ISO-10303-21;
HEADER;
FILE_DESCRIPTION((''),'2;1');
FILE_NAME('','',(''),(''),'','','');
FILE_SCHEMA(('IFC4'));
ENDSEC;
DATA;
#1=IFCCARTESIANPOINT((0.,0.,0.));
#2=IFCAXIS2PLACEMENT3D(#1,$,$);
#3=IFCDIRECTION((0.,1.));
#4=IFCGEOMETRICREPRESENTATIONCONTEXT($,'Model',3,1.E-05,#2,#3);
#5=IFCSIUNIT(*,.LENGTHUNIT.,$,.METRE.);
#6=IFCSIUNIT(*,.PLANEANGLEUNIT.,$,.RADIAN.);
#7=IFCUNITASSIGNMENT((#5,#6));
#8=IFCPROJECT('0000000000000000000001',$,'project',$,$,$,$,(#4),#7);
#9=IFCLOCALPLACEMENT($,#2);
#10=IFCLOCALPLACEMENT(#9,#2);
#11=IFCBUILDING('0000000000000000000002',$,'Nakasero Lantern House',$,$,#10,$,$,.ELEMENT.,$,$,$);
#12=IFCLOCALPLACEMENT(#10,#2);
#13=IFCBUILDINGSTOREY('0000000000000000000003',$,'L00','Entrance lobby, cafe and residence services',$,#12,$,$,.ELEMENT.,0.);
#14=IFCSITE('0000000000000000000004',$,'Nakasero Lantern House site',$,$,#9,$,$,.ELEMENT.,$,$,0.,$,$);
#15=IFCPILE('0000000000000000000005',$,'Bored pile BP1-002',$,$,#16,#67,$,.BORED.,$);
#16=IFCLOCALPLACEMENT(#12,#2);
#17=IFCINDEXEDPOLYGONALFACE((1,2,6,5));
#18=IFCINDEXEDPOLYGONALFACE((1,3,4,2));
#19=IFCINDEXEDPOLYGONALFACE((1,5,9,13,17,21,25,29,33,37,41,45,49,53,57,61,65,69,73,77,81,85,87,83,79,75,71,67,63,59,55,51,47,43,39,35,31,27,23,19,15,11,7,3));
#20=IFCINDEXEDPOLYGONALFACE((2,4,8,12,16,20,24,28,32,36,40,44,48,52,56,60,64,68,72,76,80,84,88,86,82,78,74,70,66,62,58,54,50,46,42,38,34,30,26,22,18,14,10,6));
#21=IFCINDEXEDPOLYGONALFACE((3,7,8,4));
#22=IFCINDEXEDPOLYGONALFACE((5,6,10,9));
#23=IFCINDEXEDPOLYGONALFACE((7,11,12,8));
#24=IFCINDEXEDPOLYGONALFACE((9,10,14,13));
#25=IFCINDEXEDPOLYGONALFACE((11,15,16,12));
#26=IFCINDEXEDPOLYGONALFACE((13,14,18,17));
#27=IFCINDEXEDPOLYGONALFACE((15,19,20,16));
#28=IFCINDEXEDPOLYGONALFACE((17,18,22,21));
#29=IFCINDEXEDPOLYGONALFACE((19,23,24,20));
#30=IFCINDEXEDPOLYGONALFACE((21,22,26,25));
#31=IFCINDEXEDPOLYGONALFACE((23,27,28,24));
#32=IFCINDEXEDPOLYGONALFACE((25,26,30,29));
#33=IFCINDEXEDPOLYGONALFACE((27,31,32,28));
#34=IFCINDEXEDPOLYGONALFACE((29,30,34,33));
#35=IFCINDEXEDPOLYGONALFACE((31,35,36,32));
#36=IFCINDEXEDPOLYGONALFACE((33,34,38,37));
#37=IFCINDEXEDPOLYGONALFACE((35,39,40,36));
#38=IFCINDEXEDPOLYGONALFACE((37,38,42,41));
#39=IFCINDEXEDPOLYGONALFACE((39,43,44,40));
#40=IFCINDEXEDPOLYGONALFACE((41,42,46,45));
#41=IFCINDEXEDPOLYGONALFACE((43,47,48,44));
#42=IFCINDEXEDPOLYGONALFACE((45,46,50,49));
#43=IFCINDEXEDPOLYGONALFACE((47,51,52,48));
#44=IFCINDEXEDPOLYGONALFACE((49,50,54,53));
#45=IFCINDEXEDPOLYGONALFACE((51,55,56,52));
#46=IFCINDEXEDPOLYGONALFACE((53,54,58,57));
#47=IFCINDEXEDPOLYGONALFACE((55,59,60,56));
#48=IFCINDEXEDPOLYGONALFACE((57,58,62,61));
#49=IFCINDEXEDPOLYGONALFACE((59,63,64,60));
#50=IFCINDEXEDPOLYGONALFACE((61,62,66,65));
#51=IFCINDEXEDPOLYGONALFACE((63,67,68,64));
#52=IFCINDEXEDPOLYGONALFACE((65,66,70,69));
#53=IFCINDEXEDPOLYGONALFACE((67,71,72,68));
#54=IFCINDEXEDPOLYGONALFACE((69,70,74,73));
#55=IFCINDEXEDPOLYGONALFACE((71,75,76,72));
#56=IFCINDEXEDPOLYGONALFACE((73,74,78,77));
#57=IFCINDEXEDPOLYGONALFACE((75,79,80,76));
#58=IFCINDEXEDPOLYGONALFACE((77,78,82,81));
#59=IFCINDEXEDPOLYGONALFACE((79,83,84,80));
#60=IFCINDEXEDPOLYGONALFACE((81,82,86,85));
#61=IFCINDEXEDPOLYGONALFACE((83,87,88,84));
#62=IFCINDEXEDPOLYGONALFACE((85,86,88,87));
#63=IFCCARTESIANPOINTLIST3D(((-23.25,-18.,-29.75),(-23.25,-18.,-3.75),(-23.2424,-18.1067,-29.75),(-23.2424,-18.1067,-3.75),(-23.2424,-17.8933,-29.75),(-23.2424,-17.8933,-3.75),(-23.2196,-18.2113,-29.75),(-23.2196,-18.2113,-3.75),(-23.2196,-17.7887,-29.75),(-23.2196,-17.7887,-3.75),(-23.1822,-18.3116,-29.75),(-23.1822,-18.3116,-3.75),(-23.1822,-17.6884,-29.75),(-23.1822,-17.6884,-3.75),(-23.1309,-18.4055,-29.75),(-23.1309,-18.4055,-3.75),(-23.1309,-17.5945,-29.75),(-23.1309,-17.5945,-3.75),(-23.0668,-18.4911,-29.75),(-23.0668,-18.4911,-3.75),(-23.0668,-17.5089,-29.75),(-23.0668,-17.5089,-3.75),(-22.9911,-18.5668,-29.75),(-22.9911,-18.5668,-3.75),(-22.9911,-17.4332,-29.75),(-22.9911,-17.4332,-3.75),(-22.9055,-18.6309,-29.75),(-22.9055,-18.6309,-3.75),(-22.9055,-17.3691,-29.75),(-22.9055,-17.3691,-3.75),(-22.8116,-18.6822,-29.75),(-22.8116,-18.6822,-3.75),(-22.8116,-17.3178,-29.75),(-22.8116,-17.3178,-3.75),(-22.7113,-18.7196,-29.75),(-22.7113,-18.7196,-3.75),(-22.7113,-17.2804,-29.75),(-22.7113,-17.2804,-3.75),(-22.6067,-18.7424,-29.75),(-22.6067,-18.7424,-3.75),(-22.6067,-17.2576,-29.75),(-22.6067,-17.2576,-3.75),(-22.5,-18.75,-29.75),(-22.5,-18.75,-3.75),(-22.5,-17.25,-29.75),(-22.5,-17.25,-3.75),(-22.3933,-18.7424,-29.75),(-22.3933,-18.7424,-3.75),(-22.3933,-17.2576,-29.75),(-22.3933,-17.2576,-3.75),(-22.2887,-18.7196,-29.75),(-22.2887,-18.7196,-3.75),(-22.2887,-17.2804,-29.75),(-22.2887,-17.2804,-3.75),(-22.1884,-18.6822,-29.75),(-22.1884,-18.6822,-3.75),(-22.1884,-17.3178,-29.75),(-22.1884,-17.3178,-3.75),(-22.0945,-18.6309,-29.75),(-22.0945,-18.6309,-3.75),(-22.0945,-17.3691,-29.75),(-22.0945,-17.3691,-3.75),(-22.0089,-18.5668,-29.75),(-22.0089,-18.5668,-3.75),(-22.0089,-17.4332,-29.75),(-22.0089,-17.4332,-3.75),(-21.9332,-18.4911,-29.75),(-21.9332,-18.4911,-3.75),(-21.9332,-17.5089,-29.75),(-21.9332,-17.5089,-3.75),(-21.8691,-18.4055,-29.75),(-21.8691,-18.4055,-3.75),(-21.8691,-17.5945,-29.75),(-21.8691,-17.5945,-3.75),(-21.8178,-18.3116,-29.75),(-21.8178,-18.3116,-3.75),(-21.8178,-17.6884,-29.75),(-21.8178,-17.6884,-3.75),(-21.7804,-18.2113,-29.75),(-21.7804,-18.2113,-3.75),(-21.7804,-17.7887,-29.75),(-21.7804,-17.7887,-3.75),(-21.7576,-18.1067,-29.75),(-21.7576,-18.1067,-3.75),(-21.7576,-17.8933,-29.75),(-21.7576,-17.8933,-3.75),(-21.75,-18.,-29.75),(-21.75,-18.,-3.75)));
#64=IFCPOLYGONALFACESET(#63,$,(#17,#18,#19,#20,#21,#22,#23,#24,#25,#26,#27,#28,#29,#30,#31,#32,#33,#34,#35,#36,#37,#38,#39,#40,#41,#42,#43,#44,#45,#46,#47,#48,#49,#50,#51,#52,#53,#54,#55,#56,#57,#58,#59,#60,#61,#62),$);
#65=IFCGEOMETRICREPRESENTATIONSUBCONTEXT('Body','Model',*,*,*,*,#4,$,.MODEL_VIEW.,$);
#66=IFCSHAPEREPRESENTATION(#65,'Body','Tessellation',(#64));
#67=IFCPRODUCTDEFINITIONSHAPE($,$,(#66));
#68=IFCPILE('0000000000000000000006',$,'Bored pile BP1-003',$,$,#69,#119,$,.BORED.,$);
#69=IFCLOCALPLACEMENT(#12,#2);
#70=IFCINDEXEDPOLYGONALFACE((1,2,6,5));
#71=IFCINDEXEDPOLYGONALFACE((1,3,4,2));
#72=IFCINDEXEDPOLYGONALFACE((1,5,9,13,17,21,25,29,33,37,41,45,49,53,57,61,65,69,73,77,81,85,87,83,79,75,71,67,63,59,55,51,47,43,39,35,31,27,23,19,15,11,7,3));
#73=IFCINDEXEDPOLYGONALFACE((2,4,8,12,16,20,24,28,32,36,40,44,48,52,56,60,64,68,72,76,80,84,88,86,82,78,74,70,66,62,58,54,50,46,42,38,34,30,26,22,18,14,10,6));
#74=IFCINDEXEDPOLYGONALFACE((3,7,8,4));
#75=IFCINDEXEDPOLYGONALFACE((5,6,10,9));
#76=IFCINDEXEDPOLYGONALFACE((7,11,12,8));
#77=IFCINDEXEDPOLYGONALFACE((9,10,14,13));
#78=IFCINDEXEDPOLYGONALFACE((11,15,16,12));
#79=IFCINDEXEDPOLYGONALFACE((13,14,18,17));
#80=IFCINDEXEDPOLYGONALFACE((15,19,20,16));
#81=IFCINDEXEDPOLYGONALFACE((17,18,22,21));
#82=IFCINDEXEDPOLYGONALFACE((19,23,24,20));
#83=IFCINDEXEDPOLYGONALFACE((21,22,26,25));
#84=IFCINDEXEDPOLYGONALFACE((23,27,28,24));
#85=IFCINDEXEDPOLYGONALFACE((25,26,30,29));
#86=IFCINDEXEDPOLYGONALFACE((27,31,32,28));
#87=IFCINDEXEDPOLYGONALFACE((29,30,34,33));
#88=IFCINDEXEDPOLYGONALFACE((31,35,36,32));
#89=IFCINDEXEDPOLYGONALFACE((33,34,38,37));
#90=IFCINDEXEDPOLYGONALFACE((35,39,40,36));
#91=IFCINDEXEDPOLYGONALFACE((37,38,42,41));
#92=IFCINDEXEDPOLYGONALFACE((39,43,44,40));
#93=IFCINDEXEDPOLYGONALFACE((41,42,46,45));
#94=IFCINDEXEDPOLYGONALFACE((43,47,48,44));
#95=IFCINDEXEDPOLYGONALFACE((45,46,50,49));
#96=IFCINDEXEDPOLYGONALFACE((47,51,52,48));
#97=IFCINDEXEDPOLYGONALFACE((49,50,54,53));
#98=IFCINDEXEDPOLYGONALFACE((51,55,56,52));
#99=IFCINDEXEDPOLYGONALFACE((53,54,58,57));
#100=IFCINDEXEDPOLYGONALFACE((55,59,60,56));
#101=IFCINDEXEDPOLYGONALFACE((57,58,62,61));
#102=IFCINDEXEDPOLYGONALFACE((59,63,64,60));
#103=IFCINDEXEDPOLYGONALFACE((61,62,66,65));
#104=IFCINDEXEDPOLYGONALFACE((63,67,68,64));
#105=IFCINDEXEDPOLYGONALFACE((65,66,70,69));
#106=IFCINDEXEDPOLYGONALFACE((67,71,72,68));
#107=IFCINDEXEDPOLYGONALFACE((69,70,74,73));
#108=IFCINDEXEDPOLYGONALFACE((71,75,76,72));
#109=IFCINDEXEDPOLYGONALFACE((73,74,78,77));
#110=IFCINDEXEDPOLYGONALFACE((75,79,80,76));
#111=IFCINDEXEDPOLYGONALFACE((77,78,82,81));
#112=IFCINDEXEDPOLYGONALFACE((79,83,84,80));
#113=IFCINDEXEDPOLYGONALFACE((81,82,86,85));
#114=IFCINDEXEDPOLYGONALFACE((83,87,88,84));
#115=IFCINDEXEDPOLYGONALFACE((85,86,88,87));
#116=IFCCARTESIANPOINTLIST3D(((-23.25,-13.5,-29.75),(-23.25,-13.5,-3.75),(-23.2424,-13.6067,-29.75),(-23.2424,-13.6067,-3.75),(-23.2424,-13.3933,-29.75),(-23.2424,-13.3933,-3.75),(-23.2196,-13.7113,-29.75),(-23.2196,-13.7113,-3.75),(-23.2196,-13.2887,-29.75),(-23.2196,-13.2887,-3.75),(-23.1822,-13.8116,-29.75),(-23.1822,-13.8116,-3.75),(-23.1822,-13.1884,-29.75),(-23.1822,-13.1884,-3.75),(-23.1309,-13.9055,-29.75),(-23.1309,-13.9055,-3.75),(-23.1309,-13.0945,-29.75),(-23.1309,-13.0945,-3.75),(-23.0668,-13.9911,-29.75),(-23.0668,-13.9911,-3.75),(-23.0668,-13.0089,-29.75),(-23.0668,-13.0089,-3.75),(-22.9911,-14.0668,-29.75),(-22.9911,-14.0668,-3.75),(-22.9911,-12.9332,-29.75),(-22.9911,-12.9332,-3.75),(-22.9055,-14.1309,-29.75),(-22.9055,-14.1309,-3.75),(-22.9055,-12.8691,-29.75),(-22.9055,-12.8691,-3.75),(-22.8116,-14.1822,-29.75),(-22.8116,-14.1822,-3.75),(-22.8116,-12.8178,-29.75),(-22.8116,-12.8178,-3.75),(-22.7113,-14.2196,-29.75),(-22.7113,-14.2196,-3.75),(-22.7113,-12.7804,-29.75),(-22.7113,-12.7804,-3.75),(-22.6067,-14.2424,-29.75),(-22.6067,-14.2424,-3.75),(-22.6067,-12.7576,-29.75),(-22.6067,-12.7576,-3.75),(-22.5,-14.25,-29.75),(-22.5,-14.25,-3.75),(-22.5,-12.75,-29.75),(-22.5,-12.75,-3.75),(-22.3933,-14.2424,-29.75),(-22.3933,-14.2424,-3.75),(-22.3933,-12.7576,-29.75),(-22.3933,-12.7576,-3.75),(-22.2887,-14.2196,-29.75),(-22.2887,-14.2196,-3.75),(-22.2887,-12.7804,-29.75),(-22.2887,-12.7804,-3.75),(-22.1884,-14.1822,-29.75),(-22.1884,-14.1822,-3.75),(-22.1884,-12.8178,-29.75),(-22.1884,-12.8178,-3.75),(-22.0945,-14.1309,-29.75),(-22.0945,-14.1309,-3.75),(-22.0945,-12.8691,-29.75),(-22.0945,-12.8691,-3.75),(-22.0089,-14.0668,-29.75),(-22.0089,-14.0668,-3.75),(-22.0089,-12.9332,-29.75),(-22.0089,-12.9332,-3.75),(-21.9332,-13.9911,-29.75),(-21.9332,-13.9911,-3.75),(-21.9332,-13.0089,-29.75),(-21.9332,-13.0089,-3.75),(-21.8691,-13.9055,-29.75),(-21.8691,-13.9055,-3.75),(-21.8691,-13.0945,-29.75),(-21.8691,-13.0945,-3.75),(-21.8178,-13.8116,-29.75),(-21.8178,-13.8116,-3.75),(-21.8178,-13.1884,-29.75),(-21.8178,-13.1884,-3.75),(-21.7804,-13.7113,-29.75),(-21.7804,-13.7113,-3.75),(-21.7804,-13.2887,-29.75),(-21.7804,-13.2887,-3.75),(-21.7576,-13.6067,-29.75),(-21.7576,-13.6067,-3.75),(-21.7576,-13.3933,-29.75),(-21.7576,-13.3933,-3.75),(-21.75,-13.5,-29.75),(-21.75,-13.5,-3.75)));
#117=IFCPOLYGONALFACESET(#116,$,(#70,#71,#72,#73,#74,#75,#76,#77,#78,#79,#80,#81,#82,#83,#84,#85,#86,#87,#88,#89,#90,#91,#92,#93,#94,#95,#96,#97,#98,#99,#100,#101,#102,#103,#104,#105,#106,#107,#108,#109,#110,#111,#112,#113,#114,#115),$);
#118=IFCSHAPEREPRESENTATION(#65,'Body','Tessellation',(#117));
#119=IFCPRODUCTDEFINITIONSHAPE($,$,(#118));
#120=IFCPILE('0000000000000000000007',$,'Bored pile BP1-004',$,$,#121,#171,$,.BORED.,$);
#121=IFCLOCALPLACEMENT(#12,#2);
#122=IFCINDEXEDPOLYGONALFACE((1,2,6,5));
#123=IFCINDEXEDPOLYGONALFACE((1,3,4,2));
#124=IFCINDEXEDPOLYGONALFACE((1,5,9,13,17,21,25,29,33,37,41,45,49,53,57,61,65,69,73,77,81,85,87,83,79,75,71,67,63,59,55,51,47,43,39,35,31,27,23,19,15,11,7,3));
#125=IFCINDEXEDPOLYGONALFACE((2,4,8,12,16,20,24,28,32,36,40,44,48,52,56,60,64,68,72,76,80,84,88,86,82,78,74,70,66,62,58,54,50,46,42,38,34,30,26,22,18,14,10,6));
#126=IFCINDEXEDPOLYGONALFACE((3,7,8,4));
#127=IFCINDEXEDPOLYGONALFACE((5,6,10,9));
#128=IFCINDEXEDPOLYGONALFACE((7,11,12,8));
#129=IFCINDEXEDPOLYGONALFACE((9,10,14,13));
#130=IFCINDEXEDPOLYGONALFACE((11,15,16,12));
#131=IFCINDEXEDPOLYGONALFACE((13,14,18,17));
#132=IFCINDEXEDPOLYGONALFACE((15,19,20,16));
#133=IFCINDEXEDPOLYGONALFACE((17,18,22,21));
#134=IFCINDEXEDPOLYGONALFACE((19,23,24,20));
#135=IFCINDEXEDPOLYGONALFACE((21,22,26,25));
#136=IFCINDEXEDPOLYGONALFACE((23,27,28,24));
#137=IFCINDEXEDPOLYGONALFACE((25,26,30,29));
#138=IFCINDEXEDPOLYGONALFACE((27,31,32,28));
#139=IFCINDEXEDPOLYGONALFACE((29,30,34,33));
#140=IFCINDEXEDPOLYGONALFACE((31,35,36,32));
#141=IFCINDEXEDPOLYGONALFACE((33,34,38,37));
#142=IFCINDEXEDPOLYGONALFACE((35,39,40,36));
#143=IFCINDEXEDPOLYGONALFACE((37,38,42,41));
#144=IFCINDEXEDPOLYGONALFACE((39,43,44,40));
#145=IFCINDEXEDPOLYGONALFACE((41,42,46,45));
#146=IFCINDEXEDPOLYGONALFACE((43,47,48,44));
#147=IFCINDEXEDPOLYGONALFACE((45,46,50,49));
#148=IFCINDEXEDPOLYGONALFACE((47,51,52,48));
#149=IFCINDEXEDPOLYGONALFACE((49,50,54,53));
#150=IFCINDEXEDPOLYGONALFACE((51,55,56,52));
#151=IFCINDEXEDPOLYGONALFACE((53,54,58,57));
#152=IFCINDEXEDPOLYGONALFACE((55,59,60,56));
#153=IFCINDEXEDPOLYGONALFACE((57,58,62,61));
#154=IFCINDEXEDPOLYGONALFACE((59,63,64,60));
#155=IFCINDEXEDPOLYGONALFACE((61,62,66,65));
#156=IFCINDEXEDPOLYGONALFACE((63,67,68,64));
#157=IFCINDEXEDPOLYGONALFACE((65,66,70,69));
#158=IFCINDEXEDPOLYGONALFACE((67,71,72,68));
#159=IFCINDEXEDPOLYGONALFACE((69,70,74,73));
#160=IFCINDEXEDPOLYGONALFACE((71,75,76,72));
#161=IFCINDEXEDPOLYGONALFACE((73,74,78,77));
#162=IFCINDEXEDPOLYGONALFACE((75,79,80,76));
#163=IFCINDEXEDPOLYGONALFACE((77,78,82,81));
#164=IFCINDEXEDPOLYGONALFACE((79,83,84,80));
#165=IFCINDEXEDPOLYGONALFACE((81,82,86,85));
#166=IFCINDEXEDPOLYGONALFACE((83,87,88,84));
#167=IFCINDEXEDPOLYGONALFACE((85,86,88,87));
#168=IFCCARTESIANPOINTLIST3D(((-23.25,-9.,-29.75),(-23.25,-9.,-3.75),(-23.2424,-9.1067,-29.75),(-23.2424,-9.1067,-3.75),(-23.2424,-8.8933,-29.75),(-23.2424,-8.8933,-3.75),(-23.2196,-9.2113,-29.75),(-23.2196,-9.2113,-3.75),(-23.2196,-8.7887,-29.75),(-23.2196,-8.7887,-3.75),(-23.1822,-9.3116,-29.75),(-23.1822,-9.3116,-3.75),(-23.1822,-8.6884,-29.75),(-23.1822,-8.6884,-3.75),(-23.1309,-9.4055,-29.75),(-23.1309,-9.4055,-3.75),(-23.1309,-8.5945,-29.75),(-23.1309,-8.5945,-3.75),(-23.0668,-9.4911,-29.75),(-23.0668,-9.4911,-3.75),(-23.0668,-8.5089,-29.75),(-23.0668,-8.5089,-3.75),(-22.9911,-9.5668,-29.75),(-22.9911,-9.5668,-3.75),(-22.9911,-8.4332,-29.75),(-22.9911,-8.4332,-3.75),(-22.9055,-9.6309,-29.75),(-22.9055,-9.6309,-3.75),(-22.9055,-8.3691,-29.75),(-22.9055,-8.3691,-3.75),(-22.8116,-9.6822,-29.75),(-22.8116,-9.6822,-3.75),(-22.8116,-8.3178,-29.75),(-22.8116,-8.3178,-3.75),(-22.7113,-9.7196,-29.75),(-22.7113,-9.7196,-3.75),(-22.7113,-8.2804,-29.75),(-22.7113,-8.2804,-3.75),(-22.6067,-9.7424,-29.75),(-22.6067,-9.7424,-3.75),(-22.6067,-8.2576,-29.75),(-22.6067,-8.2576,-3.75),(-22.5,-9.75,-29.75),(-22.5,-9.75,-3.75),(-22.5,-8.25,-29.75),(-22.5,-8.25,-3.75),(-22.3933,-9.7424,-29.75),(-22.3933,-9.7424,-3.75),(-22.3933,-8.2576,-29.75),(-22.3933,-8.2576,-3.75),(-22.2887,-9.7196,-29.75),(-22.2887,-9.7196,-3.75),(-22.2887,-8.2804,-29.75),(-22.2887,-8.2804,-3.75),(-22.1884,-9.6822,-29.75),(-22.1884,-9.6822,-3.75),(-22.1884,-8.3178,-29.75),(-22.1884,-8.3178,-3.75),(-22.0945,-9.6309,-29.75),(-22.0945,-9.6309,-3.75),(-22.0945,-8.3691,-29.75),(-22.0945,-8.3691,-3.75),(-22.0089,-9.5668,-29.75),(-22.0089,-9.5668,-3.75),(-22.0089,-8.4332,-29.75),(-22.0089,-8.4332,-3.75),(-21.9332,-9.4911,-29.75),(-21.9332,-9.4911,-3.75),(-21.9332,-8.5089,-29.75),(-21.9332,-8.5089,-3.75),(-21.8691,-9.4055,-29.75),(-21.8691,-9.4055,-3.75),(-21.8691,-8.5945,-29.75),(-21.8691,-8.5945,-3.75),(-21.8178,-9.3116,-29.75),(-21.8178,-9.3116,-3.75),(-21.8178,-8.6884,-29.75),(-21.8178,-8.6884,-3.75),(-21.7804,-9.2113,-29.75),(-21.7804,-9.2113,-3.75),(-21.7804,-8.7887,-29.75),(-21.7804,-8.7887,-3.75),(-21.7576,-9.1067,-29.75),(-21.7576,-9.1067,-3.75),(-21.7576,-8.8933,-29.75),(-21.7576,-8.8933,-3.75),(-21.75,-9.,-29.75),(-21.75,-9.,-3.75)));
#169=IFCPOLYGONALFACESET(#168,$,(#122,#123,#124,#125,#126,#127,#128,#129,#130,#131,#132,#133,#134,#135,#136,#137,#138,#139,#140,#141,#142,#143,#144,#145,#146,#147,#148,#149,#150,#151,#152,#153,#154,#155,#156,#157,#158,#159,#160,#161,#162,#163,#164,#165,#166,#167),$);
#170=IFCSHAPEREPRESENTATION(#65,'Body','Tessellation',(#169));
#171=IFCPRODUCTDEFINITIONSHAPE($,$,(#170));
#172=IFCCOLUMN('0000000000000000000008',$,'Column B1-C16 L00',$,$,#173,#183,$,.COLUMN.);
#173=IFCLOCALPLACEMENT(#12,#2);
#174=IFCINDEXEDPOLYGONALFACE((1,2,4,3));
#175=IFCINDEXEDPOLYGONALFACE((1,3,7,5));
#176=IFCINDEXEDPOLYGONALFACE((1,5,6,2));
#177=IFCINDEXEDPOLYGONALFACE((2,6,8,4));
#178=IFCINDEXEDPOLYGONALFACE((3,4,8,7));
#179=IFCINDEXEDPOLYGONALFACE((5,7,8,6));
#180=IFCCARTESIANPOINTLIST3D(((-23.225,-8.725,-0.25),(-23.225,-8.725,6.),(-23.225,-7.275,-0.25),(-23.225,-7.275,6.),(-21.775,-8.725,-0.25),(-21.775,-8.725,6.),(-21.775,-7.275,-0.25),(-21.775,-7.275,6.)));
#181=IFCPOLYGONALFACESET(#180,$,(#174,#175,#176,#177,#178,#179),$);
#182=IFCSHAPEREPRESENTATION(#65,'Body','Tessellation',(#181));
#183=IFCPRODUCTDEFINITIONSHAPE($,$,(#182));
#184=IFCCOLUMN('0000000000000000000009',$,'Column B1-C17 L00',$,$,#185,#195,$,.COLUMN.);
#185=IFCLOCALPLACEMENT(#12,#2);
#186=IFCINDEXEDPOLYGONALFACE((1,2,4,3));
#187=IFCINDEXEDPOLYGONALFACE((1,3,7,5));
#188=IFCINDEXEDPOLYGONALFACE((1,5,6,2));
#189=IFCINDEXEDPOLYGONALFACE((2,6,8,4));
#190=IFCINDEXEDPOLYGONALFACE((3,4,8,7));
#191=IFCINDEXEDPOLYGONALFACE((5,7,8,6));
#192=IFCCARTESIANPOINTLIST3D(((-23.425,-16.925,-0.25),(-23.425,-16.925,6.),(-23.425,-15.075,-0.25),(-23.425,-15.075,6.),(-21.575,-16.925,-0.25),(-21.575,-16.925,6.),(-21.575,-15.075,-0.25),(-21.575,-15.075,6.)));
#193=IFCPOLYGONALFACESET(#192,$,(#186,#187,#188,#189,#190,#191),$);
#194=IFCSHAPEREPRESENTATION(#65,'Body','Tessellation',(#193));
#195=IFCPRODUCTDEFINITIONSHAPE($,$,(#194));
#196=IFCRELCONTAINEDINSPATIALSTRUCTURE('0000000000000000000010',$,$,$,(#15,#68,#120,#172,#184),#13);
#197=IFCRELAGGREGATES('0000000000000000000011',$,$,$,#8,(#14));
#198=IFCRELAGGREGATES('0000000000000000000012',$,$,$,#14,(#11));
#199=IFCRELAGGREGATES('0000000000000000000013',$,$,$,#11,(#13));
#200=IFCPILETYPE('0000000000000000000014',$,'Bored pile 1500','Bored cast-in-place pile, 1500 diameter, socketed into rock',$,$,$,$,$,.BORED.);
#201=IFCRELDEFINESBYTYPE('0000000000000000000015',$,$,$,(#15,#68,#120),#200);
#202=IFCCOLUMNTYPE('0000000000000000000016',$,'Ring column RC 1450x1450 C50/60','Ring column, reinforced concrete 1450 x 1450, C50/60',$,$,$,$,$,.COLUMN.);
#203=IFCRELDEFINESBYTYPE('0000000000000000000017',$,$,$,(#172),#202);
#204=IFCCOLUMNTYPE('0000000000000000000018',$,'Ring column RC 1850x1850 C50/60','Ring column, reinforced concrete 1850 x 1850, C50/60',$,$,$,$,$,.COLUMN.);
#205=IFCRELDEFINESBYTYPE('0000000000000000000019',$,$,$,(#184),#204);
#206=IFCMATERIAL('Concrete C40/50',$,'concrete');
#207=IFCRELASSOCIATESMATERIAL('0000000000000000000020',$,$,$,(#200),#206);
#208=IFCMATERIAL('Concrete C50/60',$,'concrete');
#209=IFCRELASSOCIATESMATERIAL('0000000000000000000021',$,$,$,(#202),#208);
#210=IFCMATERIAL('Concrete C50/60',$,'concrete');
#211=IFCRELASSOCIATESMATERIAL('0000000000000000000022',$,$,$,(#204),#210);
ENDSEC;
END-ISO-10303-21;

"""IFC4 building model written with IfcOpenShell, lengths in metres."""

from ifc_helpers import new_model, si_unit, direction, frame, origin, origin_2d, place, context, subcontext, project, spatial, rectangle, circle, extrude, material, material_profile, profile_set, type_object, element, save


model = new_model("IFC4")

# Units and contexts
model_context = context("Model", 3, precision=1e-05, world=origin(), true_north=direction((0.0, 1.0)))
body_context = subcontext(model_context, "Body", "Model", "MODEL_VIEW")
ifc_project = project(units=[si_unit("LENGTHUNIT", "METRE"), si_unit("PLANEANGLEUNIT", "RADIAN")], contexts=[model_context])

# Site, building, storey
site_placement = place(None, origin())
site = spatial("IfcSite", under=ifc_project, at=site_placement, Name="Nakasero Lantern House site", CompositionType="ELEMENT", RefElevation=0.0)
building_placement = place(site_placement, origin())
building = spatial("IfcBuilding", under=site, at=building_placement, Name="Nakasero Lantern House", CompositionType="ELEMENT")
storey_placement = place(building_placement, origin())
storey = spatial("IfcBuildingStorey", under=building, at=storey_placement, Name="L00", Description="Entrance lobby, cafe and residence services", CompositionType="ELEMENT", Elevation=0.0)

# Piles
ifc_material_1 = material(Name="Concrete C40/50", Category="concrete")
pile_type = type_object("IfcPileType", Name="Bored pile 1500", Description="Bored cast-in-place pile, 1500 diameter, socketed into rock", PredefinedType="BORED", material=ifc_material_1)
for number, where, z_axis, x_axis, name in (
    (1, (-22.5, -18.0, -3.75), (0.0, 0.0, -1.0), (1.0, 0.0, 0.0), "Bored pile BP1-002"),
    (2, (-22.5, -13.5, -3.75), (0.0, 0.0, -1.0), (1.0, 0.0, 0.0), "Bored pile BP1-003"),
    (3, (-22.5, -9.0, -3.75), (0.0, 0.0, -1.0), (1.0, 0.0, 0.0), "Bored pile BP1-004"),
):
    element("IfcPile", number, at=place(storey_placement, frame(where, z_axis=z_axis, x_axis=x_axis)), inside=storey, type_object=pile_type, Name=name, PredefinedType="BORED", context=body_context, shape_type="SweptSolid", body=[
        extrude(circle(Radius=0.75, at=origin_2d()), origin(), (0.0, 0.0, 1.0), 26.0),
    ])

# Columns
ifc_material_2 = material(Name="Concrete C50/60", Category="concrete")
ifc_material_profile_1 = material_profile(ifc_material_2, rectangle(XDim=1.45, YDim=1.45, at=origin_2d()), Name="RC 1450x1450")
ifc_profile_set_1 = profile_set([ifc_material_profile_1], Name="Concrete C50/60")
column_type_1 = type_object("IfcColumnType", Name="Ring column RC 1450x1450 C50/60", Description="Ring column, reinforced concrete 1450 x 1450, C50/60", PredefinedType="COLUMN", material=ifc_profile_set_1)
column_1_placement = place(storey_placement, frame((-22.5, -8.0, -0.25), z_axis=(0.0, 0.0, 1.0), x_axis=(1.0, 0.0, 0.0)))
element("IfcColumn", 4, at=column_1_placement, inside=storey, type_object=column_type_1, Name="Column B1-C16 L00", PredefinedType="COLUMN", context=body_context, shape_type="SweptSolid", body=[
    extrude(rectangle(XDim=1.45, YDim=1.45, at=origin_2d()), origin(), (0.0, 0.0, 1.0), 6.25),
])
ifc_material_3 = material(Name="Concrete C50/60", Category="concrete")
ifc_material_profile_2 = material_profile(ifc_material_3, rectangle(XDim=1.8501, YDim=1.8501, at=origin_2d()), Name="RC 1850x1850")
ifc_profile_set_2 = profile_set([ifc_material_profile_2], Name="Concrete C50/60")
column_type_2 = type_object("IfcColumnType", Name="Ring column RC 1850x1850 C50/60", Description="Ring column, reinforced concrete 1850 x 1850, C50/60", PredefinedType="COLUMN", material=ifc_profile_set_2)
column_2_placement = place(storey_placement, frame((-22.5, -16.0, -0.25), z_axis=(0.0, 0.0, 1.0), x_axis=(1.0, 0.0, 0.0)))
element("IfcColumn", 5, at=column_2_placement, inside=storey, type_object=column_type_2, Name="Column B1-C17 L00", PredefinedType="COLUMN", context=body_context, shape_type="SweptSolid", body=[
    extrude(rectangle(XDim=1.8501, YDim=1.8501, at=origin_2d()), origin(), (0.0, 0.0, 1.0), 6.25),
])

save(model, "model.ifc")
